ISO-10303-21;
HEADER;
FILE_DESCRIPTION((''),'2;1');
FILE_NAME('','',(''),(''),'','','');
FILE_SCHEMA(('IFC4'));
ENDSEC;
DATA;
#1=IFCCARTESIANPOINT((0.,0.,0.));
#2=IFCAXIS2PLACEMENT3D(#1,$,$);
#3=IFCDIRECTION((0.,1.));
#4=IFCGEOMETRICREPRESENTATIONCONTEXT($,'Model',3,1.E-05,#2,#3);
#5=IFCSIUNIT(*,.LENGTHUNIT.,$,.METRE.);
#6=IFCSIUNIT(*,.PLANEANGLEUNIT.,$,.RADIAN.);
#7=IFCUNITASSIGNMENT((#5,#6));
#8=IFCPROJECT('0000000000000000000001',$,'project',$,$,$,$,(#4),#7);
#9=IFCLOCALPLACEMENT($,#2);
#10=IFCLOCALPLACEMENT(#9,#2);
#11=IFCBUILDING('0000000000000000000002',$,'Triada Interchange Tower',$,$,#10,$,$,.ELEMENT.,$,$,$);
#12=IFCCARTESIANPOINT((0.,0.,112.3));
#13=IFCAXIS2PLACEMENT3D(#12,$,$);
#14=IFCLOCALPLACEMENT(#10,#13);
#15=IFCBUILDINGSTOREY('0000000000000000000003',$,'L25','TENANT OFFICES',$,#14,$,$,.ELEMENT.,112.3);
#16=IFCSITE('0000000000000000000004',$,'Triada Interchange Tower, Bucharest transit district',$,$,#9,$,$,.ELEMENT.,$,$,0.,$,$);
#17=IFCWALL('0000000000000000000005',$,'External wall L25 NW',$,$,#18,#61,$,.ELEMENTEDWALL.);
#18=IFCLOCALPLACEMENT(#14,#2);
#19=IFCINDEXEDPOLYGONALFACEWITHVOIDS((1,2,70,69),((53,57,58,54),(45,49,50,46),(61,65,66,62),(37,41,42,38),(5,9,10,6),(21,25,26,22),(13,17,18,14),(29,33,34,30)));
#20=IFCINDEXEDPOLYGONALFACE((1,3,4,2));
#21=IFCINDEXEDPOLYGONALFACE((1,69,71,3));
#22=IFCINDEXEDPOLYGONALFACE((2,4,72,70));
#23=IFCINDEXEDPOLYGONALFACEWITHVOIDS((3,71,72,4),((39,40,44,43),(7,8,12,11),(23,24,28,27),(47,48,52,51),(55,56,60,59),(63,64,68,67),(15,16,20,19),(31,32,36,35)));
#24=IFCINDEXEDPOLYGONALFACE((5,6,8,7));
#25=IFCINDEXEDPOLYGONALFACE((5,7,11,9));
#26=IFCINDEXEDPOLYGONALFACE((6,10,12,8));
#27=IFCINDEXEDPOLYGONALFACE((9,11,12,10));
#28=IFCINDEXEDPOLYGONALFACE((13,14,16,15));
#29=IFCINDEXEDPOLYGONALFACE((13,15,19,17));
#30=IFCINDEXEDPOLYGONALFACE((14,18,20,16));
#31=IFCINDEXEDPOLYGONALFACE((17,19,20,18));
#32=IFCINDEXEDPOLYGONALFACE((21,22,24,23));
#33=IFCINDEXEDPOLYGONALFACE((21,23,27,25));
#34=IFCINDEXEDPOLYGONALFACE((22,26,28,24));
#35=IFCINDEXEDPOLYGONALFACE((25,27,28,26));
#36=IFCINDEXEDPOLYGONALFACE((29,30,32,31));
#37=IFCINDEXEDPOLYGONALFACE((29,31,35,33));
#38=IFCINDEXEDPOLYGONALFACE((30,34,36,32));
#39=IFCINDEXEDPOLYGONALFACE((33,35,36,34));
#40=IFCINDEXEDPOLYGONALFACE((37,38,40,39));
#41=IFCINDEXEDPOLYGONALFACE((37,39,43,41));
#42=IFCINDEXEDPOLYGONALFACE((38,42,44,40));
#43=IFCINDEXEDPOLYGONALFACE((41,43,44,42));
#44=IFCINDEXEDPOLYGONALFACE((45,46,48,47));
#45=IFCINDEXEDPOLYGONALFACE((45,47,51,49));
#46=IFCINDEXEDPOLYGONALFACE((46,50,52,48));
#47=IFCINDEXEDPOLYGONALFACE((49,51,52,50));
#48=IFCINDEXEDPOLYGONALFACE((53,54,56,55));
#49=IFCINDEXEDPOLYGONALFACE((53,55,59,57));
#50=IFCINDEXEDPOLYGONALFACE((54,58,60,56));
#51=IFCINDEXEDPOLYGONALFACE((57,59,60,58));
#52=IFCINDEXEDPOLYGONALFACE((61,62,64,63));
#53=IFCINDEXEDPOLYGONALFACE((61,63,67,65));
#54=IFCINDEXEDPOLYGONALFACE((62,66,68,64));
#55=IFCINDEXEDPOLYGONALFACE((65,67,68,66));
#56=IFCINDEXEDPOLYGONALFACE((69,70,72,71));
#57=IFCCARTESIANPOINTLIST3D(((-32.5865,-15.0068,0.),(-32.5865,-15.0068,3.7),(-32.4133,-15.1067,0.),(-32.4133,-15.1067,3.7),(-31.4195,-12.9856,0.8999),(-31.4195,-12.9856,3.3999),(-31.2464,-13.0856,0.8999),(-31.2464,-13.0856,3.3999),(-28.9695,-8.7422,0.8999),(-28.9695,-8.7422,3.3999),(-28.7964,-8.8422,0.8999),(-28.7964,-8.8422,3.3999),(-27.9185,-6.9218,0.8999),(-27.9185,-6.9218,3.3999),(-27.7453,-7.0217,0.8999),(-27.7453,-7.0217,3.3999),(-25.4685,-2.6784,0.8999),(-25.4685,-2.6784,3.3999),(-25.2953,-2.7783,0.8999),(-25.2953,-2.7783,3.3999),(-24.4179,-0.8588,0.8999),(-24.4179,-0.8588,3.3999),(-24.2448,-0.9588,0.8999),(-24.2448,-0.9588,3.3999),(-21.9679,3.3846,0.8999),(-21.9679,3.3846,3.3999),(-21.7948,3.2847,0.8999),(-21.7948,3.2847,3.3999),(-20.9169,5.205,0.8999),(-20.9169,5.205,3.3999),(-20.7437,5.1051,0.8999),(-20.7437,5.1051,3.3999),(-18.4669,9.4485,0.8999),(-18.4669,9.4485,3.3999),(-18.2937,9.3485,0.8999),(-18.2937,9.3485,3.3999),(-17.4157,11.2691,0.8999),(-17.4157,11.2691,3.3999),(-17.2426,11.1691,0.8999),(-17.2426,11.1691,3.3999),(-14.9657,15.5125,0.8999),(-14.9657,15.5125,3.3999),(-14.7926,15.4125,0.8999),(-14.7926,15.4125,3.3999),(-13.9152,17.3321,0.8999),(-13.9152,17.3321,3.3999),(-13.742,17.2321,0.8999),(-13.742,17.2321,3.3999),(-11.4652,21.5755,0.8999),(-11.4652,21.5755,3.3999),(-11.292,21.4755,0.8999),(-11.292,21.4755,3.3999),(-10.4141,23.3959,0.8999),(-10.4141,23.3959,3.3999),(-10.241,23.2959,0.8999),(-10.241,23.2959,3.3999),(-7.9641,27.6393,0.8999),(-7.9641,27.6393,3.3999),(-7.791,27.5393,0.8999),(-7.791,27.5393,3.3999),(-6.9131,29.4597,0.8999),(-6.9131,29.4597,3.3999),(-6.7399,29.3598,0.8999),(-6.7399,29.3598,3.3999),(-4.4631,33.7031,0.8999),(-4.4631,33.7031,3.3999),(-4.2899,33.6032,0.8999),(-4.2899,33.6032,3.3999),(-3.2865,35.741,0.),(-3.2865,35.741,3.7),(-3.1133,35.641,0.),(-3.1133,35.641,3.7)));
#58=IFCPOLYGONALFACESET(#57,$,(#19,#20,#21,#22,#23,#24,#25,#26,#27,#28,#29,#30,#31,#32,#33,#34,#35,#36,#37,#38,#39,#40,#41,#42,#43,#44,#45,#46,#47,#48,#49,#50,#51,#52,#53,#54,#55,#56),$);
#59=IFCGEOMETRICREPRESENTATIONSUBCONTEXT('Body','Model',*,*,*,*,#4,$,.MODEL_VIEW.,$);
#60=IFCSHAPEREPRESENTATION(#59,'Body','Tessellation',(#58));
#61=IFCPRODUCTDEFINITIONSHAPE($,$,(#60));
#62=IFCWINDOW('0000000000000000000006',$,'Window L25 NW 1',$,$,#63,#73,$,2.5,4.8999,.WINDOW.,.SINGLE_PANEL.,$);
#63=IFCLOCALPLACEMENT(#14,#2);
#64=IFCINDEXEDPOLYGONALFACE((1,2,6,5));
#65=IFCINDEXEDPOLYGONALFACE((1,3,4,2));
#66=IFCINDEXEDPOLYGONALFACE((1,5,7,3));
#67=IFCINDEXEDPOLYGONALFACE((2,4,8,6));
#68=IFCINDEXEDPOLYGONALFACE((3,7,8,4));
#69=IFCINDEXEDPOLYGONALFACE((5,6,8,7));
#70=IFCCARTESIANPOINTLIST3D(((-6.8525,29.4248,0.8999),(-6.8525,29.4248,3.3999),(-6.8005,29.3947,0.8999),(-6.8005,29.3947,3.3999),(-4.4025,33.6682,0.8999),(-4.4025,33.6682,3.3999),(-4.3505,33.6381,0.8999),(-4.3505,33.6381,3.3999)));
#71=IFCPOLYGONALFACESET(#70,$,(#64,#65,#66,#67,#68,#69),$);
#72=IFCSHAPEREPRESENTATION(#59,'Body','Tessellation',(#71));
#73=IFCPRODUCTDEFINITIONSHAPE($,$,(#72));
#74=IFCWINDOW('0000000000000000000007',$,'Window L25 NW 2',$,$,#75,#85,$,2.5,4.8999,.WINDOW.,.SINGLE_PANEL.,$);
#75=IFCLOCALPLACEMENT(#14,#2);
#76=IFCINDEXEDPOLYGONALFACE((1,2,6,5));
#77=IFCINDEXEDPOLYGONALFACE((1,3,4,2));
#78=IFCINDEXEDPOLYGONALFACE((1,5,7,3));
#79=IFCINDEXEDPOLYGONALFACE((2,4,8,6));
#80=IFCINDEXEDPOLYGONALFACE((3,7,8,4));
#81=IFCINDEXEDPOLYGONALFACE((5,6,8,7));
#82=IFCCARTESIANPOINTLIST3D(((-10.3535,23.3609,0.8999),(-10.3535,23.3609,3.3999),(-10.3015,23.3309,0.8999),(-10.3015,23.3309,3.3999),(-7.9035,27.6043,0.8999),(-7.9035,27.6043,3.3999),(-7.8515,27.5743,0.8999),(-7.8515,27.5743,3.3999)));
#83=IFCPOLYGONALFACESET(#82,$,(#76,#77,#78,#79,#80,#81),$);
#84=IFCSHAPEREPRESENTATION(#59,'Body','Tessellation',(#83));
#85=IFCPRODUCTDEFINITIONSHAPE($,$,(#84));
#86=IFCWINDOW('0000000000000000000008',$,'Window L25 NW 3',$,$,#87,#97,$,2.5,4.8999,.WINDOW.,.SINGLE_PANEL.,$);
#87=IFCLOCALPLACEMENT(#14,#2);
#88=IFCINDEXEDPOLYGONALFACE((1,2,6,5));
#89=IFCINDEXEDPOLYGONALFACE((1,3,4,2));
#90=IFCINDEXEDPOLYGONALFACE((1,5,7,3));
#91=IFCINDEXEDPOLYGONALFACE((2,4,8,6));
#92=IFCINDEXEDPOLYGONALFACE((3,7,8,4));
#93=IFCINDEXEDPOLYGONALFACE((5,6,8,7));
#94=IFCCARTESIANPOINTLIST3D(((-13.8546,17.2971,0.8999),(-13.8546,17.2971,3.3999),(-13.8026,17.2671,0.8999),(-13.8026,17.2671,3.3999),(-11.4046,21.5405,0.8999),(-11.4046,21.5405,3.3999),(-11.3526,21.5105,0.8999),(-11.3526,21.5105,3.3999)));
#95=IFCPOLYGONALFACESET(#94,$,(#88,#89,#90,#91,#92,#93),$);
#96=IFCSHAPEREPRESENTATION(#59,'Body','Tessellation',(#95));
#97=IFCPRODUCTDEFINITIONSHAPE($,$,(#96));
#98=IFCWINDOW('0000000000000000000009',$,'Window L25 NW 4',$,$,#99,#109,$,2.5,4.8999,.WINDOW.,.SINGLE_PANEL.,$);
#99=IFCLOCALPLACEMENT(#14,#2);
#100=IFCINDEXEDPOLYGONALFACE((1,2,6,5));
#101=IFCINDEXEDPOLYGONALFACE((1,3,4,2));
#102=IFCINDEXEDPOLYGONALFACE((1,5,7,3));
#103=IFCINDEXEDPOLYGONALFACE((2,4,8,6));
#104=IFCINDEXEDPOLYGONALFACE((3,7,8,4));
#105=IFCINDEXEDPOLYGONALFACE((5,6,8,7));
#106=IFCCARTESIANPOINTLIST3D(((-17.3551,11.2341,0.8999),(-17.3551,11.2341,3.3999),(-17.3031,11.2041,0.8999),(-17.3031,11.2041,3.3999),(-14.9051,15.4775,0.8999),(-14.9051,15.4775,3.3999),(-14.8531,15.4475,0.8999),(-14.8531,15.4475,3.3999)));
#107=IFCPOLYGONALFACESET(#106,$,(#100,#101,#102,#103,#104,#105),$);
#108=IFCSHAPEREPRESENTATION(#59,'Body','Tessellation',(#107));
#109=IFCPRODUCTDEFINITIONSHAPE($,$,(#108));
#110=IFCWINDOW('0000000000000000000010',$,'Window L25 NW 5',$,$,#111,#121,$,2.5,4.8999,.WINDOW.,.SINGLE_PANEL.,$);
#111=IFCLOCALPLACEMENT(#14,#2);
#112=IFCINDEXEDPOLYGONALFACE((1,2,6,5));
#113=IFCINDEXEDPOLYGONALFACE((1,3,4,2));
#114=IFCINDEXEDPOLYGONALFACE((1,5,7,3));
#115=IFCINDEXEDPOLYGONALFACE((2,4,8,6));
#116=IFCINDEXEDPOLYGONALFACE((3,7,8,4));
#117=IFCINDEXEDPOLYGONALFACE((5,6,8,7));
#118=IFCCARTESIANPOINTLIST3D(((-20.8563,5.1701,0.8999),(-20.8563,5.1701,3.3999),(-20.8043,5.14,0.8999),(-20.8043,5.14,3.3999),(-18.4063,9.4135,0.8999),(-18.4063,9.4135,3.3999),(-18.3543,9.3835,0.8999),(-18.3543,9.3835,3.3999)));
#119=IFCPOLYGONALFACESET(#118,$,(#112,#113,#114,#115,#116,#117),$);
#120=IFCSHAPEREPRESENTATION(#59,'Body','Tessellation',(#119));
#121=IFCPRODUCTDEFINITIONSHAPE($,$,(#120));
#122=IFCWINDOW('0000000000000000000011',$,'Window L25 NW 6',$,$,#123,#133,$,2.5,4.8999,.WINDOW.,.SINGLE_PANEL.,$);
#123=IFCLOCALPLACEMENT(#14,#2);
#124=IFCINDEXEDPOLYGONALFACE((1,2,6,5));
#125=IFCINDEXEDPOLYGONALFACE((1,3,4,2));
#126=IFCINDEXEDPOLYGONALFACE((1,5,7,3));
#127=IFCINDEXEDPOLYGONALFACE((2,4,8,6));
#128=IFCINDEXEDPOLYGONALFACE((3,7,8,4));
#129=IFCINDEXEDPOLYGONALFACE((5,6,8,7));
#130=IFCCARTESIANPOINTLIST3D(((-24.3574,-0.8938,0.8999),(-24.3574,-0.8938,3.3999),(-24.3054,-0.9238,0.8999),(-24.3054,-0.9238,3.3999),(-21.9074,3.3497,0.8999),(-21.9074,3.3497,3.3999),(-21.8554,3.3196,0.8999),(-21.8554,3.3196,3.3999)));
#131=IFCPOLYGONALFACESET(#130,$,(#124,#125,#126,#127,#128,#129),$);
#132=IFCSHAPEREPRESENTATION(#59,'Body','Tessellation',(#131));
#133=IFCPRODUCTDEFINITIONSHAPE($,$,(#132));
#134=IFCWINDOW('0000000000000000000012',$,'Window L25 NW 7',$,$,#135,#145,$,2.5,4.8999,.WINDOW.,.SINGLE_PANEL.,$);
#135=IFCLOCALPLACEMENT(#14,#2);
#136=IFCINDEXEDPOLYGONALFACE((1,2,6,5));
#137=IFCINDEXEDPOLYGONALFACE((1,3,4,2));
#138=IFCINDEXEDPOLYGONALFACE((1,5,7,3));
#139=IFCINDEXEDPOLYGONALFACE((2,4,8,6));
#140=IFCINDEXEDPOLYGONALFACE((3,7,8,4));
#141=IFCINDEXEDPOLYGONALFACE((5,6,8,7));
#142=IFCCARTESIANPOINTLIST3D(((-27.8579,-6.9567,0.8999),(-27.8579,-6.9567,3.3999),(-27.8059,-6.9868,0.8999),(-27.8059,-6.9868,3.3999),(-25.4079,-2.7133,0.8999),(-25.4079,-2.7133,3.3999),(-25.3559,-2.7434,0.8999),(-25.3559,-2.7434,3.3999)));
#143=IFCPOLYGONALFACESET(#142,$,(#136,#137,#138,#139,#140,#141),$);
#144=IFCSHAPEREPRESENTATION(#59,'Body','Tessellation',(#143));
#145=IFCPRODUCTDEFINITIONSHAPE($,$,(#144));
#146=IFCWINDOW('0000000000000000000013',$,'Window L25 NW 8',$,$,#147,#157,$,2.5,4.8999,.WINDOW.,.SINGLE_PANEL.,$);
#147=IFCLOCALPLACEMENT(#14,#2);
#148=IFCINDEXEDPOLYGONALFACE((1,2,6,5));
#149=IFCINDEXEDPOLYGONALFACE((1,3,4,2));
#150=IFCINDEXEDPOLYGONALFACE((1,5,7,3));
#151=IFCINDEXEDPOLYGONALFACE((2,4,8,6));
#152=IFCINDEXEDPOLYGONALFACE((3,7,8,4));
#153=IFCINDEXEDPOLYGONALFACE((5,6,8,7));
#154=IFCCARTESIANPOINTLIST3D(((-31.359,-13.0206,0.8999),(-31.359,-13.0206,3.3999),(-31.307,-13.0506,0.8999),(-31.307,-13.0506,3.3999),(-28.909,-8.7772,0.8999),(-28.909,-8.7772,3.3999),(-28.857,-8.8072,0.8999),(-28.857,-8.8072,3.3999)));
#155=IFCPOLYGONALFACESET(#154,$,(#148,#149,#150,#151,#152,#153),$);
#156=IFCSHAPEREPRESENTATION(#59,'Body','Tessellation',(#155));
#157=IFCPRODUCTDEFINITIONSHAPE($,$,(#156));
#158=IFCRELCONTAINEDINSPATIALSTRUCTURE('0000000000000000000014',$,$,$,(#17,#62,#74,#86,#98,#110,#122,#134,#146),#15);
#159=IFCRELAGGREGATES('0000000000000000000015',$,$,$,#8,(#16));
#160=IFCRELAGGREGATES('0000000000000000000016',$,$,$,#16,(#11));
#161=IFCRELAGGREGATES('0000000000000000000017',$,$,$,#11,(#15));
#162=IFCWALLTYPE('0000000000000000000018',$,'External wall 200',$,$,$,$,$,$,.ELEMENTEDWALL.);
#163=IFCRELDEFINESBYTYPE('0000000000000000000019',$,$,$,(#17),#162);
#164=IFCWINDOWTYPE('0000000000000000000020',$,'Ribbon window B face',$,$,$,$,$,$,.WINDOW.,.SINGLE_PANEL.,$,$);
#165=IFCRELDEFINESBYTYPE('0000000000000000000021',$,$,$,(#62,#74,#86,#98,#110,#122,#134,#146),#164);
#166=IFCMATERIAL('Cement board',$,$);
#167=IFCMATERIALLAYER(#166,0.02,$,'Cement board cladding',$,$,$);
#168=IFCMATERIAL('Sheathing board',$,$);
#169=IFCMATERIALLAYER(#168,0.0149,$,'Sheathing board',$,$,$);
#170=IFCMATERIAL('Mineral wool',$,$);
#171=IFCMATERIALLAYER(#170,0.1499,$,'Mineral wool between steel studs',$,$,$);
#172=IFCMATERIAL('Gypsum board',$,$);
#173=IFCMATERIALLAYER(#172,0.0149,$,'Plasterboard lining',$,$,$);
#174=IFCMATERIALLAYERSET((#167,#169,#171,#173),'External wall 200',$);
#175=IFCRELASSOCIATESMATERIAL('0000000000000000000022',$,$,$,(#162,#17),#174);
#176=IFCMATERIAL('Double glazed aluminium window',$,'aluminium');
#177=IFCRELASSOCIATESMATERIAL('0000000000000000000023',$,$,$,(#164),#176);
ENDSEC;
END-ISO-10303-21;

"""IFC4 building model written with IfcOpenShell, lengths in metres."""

from ifc_helpers import new_model, si_unit, direction, frame, frame_2d, origin, place, context, subcontext, project, spatial, rectangle, extrude, material, layer, layer_set, layer_usage, type_object, element, fill, save


model = new_model("IFC4")

# Units and contexts
model_context = context("Model", 3, precision=1e-05, world=origin(), true_north=direction((0.0, 1.0)))
body_context = subcontext(model_context, "Body", "Model", "MODEL_VIEW")
ifc_project = project(units=[si_unit("LENGTHUNIT", "METRE"), si_unit("PLANEANGLEUNIT", "RADIAN")], contexts=[model_context])

# Site, building, storey
site_placement = place(None, origin())
site = spatial("IfcSite", under=ifc_project, at=site_placement, Name="Triada Interchange Tower, Bucharest transit district", CompositionType="ELEMENT", RefElevation=0.0)
building_placement = place(site_placement, origin())
building = spatial("IfcBuilding", under=site, at=building_placement, Name="Triada Interchange Tower", CompositionType="ELEMENT")
storey_placement = place(building_placement, frame((0.0, 0.0, 112.3)))
storey = spatial("IfcBuildingStorey", under=building, at=storey_placement, Name="L25", Description="TENANT OFFICES", CompositionType="ELEMENT", Elevation=112.3)

# Wall, openings, windows
ifc_material_1 = material(Name="Cement board")
ifc_layer_1 = layer(ifc_material_1, 0.02, Name="Cement board cladding")
ifc_material_2 = material(Name="Sheathing board")
ifc_layer_2 = layer(ifc_material_2, 0.0149, Name="Sheathing board")
ifc_material_3 = material(Name="Mineral wool")
ifc_layer_3 = layer(ifc_material_3, 0.1499, Name="Mineral wool between steel studs")
ifc_material_4 = material(Name="Gypsum board")
ifc_layer_4 = layer(ifc_material_4, 0.0149, Name="Plasterboard lining")
ifc_layer_set_1 = layer_set([ifc_layer_1, ifc_layer_2, ifc_layer_3, ifc_layer_4], Name="External wall 200")
ifc_layer_usage = layer_usage(ifc_layer_set_1, "AXIS2", "POSITIVE", -0.1001)
wall_type_1 = type_object("IfcWallType", Name="External wall 200", PredefinedType="ELEMENTEDWALL", material=ifc_layer_set_1)
wall_1_placement = place(storey_placement, frame((-3.2, 35.6909, 0.0), z_axis=(0.0, 0.0, 1.0), x_axis=(-0.50001, -0.86602, 0.0)))
wall_1 = element("IfcWall", 1, at=wall_1_placement, inside=storey, type_object=wall_type_1, material=ifc_layer_usage, Name="External wall L25 NW", PredefinedType="ELEMENTEDWALL", context=body_context, shape_type="SweptSolid", body=[
    extrude(rectangle(XDim=58.5989, YDim=0.2, at=frame_2d((29.2993, 0.0))), origin(), (0.0, 0.0, 1.0), 3.7),
])
opening_1_placement = place(wall_1_placement, frame((2.353, 0.0, 0.8999)))
opening_1 = element("IfcOpeningElement", 2, at=opening_1_placement, cuts=wall_1, PredefinedType="OPENING", context=body_context, shape_type="SweptSolid", body=[
    extrude(rectangle(XDim=4.8999, YDim=2.5, at=frame_2d((2.45, 1.25))), frame((0.0, 0.1099, 0.0), z_axis=(0.0, -1.0, 0.0), x_axis=(1.0, 0.0, 0.0)), (0.0, 0.0, 1.0), 0.22),
])
opening_2_placement = place(wall_1_placement, frame((9.355, 0.0, 0.8999)))
opening_2 = element("IfcOpeningElement", 3, at=opening_2_placement, cuts=wall_1, PredefinedType="OPENING", context=body_context, shape_type="SweptSolid", body=[
    extrude(rectangle(XDim=4.8999, YDim=2.5, at=frame_2d((2.45, 1.25))), frame((0.0, 0.1099, 0.0), z_axis=(0.0, -1.0, 0.0), x_axis=(1.0, 0.0, 0.0)), (0.0, 0.0, 1.0), 0.22),
])
opening_3_placement = place(wall_1_placement, frame((16.3569, 0.0, 0.8999)))
opening_3 = element("IfcOpeningElement", 4, at=opening_3_placement, cuts=wall_1, PredefinedType="OPENING", context=body_context, shape_type="SweptSolid", body=[
    extrude(rectangle(XDim=4.8999, YDim=2.5, at=frame_2d((2.45, 1.25))), frame((0.0, 0.1099, 0.0), z_axis=(0.0, -1.0, 0.0), x_axis=(1.0, 0.0, 0.0)), (0.0, 0.0, 1.0), 0.22),
])
opening_4_placement = place(wall_1_placement, frame((23.3579, 0.0, 0.8999)))
opening_4 = element("IfcOpeningElement", 5, at=opening_4_placement, cuts=wall_1, PredefinedType="OPENING", context=body_context, shape_type="SweptSolid", body=[
    extrude(rectangle(XDim=4.8999, YDim=2.5, at=frame_2d((2.45, 1.25))), frame((0.0, 0.1099, 0.0), z_axis=(0.0, -1.0, 0.0), x_axis=(1.0, 0.0, 0.0)), (0.0, 0.0, 1.0), 0.22),
])
opening_5_placement = place(wall_1_placement, frame((30.3601, 0.0, 0.8999)))
opening_5 = element("IfcOpeningElement", 6, at=opening_5_placement, cuts=wall_1, PredefinedType="OPENING", context=body_context, shape_type="SweptSolid", body=[
    extrude(rectangle(XDim=4.8999, YDim=2.5, at=frame_2d((2.45, 1.25))), frame((0.0, 0.1099, 0.0), z_axis=(0.0, -1.0, 0.0), x_axis=(1.0, 0.0, 0.0)), (0.0, 0.0, 1.0), 0.22),
])
opening_6_placement = place(wall_1_placement, frame((37.3621, 0.0, 0.8999)))
opening_6 = element("IfcOpeningElement", 7, at=opening_6_placement, cuts=wall_1, PredefinedType="OPENING", context=body_context, shape_type="SweptSolid", body=[
    extrude(rectangle(XDim=4.8999, YDim=2.5, at=frame_2d((2.45, 1.25))), frame((0.0, 0.1099, 0.0), z_axis=(0.0, -1.0, 0.0), x_axis=(1.0, 0.0, 0.0)), (0.0, 0.0, 1.0), 0.22),
])
opening_7_placement = place(wall_1_placement, frame((44.363, 0.0, 0.8999)))
opening_7 = element("IfcOpeningElement", 8, at=opening_7_placement, cuts=wall_1, PredefinedType="OPENING", context=body_context, shape_type="SweptSolid", body=[
    extrude(rectangle(XDim=4.8999, YDim=2.5, at=frame_2d((2.45, 1.25))), frame((0.0, 0.1099, 0.0), z_axis=(0.0, -1.0, 0.0), x_axis=(1.0, 0.0, 0.0)), (0.0, 0.0, 1.0), 0.22),
])
opening_8_placement = place(wall_1_placement, frame((51.365, 0.0, 0.8999)))
opening_8 = element("IfcOpeningElement", 9, at=opening_8_placement, cuts=wall_1, PredefinedType="OPENING", context=body_context, shape_type="SweptSolid", body=[
    extrude(rectangle(XDim=4.8999, YDim=2.5, at=frame_2d((2.45, 1.25))), frame((0.0, 0.1099, 0.0), z_axis=(0.0, -1.0, 0.0), x_axis=(1.0, 0.0, 0.0)), (0.0, 0.0, 1.0), 0.22),
])
ifc_material_5 = material(Name="Double glazed aluminium window", Category="aluminium")
window_type = type_object("IfcWindowType", Name="Ribbon window B face", PartitioningType="SINGLE_PANEL", PredefinedType="WINDOW", material=ifc_material_5)
window_1_placement = place(opening_1_placement, origin())
window_1 = element("IfcWindow", 10, at=window_1_placement, inside=storey, type_object=window_type, Name="Window L25 NW 1", OverallHeight=2.5, OverallWidth=4.8999, PartitioningType="SINGLE_PANEL", PredefinedType="WINDOW", context=body_context, shape_type="SweptSolid", body=[
    extrude(rectangle(XDim=4.8999, YDim=2.5, at=frame_2d((2.45, 1.25))), frame((0.0, 0.03, 0.0), z_axis=(0.0, -1.0, 0.0), x_axis=(1.0, 0.0, 0.0)), (0.0, 0.0, 1.0), 0.0601),
])
fill(opening_1, window_1)
window_2_placement = place(opening_2_placement, origin())
window_2 = element("IfcWindow", 11, at=window_2_placement, inside=storey, type_object=window_type, Name="Window L25 NW 2", OverallHeight=2.5, OverallWidth=4.8999, PartitioningType="SINGLE_PANEL", PredefinedType="WINDOW", context=body_context, shape_type="SweptSolid", body=[
    extrude(rectangle(XDim=4.8999, YDim=2.5, at=frame_2d((2.45, 1.25))), frame((0.0, 0.03, 0.0), z_axis=(0.0, -1.0, 0.0), x_axis=(1.0, 0.0, 0.0)), (0.0, 0.0, 1.0), 0.0601),
])
fill(opening_2, window_2)
window_3_placement = place(opening_3_placement, origin())
window_3 = element("IfcWindow", 12, at=window_3_placement, inside=storey, type_object=window_type, Name="Window L25 NW 3", OverallHeight=2.5, OverallWidth=4.8999, PartitioningType="SINGLE_PANEL", PredefinedType="WINDOW", context=body_context, shape_type="SweptSolid", body=[
    extrude(rectangle(XDim=4.8999, YDim=2.5, at=frame_2d((2.45, 1.25))), frame((0.0, 0.03, 0.0), z_axis=(0.0, -1.0, 0.0), x_axis=(1.0, 0.0, 0.0)), (0.0, 0.0, 1.0), 0.0601),
])
fill(opening_3, window_3)
window_4_placement = place(opening_4_placement, origin())
window_4 = element("IfcWindow", 13, at=window_4_placement, inside=storey, type_object=window_type, Name="Window L25 NW 4", OverallHeight=2.5, OverallWidth=4.8999, PartitioningType="SINGLE_PANEL", PredefinedType="WINDOW", context=body_context, shape_type="SweptSolid", body=[
    extrude(rectangle(XDim=4.8999, YDim=2.5, at=frame_2d((2.45, 1.25))), frame((0.0, 0.03, 0.0), z_axis=(0.0, -1.0, 0.0), x_axis=(1.0, 0.0, 0.0)), (0.0, 0.0, 1.0), 0.0601),
])
fill(opening_4, window_4)
window_5_placement = place(opening_5_placement, origin())
window_5 = element("IfcWindow", 14, at=window_5_placement, inside=storey, type_object=window_type, Name="Window L25 NW 5", OverallHeight=2.5, OverallWidth=4.8999, PartitioningType="SINGLE_PANEL", PredefinedType="WINDOW", context=body_context, shape_type="SweptSolid", body=[
    extrude(rectangle(XDim=4.8999, YDim=2.5, at=frame_2d((2.45, 1.25))), frame((0.0, 0.03, 0.0), z_axis=(0.0, -1.0, 0.0), x_axis=(1.0, 0.0, 0.0)), (0.0, 0.0, 1.0), 0.0601),
])
fill(opening_5, window_5)
window_6_placement = place(opening_6_placement, origin())
window_6 = element("IfcWindow", 15, at=window_6_placement, inside=storey, type_object=window_type, Name="Window L25 NW 6", OverallHeight=2.5, OverallWidth=4.8999, PartitioningType="SINGLE_PANEL", PredefinedType="WINDOW", context=body_context, shape_type="SweptSolid", body=[
    extrude(rectangle(XDim=4.8999, YDim=2.5, at=frame_2d((2.45, 1.25))), frame((0.0, 0.03, 0.0), z_axis=(0.0, -1.0, 0.0), x_axis=(1.0, 0.0, 0.0)), (0.0, 0.0, 1.0), 0.0601),
])
fill(opening_6, window_6)
window_7_placement = place(opening_7_placement, origin())
window_7 = element("IfcWindow", 16, at=window_7_placement, inside=storey, type_object=window_type, Name="Window L25 NW 7", OverallHeight=2.5, OverallWidth=4.8999, PartitioningType="SINGLE_PANEL", PredefinedType="WINDOW", context=body_context, shape_type="SweptSolid", body=[
    extrude(rectangle(XDim=4.8999, YDim=2.5, at=frame_2d((2.45, 1.25))), frame((0.0, 0.03, 0.0), z_axis=(0.0, -1.0, 0.0), x_axis=(1.0, 0.0, 0.0)), (0.0, 0.0, 1.0), 0.0601),
])
fill(opening_7, window_7)
window_8_placement = place(opening_8_placement, origin())
window_8 = element("IfcWindow", 17, at=window_8_placement, inside=storey, type_object=window_type, Name="Window L25 NW 8", OverallHeight=2.5, OverallWidth=4.8999, PartitioningType="SINGLE_PANEL", PredefinedType="WINDOW", context=body_context, shape_type="SweptSolid", body=[
    extrude(rectangle(XDim=4.8999, YDim=2.5, at=frame_2d((2.45, 1.25))), frame((0.0, 0.03, 0.0), z_axis=(0.0, -1.0, 0.0), x_axis=(1.0, 0.0, 0.0)), (0.0, 0.0, 1.0), 0.0601),
])
fill(opening_8, window_8)

save(model, "model.ifc")
